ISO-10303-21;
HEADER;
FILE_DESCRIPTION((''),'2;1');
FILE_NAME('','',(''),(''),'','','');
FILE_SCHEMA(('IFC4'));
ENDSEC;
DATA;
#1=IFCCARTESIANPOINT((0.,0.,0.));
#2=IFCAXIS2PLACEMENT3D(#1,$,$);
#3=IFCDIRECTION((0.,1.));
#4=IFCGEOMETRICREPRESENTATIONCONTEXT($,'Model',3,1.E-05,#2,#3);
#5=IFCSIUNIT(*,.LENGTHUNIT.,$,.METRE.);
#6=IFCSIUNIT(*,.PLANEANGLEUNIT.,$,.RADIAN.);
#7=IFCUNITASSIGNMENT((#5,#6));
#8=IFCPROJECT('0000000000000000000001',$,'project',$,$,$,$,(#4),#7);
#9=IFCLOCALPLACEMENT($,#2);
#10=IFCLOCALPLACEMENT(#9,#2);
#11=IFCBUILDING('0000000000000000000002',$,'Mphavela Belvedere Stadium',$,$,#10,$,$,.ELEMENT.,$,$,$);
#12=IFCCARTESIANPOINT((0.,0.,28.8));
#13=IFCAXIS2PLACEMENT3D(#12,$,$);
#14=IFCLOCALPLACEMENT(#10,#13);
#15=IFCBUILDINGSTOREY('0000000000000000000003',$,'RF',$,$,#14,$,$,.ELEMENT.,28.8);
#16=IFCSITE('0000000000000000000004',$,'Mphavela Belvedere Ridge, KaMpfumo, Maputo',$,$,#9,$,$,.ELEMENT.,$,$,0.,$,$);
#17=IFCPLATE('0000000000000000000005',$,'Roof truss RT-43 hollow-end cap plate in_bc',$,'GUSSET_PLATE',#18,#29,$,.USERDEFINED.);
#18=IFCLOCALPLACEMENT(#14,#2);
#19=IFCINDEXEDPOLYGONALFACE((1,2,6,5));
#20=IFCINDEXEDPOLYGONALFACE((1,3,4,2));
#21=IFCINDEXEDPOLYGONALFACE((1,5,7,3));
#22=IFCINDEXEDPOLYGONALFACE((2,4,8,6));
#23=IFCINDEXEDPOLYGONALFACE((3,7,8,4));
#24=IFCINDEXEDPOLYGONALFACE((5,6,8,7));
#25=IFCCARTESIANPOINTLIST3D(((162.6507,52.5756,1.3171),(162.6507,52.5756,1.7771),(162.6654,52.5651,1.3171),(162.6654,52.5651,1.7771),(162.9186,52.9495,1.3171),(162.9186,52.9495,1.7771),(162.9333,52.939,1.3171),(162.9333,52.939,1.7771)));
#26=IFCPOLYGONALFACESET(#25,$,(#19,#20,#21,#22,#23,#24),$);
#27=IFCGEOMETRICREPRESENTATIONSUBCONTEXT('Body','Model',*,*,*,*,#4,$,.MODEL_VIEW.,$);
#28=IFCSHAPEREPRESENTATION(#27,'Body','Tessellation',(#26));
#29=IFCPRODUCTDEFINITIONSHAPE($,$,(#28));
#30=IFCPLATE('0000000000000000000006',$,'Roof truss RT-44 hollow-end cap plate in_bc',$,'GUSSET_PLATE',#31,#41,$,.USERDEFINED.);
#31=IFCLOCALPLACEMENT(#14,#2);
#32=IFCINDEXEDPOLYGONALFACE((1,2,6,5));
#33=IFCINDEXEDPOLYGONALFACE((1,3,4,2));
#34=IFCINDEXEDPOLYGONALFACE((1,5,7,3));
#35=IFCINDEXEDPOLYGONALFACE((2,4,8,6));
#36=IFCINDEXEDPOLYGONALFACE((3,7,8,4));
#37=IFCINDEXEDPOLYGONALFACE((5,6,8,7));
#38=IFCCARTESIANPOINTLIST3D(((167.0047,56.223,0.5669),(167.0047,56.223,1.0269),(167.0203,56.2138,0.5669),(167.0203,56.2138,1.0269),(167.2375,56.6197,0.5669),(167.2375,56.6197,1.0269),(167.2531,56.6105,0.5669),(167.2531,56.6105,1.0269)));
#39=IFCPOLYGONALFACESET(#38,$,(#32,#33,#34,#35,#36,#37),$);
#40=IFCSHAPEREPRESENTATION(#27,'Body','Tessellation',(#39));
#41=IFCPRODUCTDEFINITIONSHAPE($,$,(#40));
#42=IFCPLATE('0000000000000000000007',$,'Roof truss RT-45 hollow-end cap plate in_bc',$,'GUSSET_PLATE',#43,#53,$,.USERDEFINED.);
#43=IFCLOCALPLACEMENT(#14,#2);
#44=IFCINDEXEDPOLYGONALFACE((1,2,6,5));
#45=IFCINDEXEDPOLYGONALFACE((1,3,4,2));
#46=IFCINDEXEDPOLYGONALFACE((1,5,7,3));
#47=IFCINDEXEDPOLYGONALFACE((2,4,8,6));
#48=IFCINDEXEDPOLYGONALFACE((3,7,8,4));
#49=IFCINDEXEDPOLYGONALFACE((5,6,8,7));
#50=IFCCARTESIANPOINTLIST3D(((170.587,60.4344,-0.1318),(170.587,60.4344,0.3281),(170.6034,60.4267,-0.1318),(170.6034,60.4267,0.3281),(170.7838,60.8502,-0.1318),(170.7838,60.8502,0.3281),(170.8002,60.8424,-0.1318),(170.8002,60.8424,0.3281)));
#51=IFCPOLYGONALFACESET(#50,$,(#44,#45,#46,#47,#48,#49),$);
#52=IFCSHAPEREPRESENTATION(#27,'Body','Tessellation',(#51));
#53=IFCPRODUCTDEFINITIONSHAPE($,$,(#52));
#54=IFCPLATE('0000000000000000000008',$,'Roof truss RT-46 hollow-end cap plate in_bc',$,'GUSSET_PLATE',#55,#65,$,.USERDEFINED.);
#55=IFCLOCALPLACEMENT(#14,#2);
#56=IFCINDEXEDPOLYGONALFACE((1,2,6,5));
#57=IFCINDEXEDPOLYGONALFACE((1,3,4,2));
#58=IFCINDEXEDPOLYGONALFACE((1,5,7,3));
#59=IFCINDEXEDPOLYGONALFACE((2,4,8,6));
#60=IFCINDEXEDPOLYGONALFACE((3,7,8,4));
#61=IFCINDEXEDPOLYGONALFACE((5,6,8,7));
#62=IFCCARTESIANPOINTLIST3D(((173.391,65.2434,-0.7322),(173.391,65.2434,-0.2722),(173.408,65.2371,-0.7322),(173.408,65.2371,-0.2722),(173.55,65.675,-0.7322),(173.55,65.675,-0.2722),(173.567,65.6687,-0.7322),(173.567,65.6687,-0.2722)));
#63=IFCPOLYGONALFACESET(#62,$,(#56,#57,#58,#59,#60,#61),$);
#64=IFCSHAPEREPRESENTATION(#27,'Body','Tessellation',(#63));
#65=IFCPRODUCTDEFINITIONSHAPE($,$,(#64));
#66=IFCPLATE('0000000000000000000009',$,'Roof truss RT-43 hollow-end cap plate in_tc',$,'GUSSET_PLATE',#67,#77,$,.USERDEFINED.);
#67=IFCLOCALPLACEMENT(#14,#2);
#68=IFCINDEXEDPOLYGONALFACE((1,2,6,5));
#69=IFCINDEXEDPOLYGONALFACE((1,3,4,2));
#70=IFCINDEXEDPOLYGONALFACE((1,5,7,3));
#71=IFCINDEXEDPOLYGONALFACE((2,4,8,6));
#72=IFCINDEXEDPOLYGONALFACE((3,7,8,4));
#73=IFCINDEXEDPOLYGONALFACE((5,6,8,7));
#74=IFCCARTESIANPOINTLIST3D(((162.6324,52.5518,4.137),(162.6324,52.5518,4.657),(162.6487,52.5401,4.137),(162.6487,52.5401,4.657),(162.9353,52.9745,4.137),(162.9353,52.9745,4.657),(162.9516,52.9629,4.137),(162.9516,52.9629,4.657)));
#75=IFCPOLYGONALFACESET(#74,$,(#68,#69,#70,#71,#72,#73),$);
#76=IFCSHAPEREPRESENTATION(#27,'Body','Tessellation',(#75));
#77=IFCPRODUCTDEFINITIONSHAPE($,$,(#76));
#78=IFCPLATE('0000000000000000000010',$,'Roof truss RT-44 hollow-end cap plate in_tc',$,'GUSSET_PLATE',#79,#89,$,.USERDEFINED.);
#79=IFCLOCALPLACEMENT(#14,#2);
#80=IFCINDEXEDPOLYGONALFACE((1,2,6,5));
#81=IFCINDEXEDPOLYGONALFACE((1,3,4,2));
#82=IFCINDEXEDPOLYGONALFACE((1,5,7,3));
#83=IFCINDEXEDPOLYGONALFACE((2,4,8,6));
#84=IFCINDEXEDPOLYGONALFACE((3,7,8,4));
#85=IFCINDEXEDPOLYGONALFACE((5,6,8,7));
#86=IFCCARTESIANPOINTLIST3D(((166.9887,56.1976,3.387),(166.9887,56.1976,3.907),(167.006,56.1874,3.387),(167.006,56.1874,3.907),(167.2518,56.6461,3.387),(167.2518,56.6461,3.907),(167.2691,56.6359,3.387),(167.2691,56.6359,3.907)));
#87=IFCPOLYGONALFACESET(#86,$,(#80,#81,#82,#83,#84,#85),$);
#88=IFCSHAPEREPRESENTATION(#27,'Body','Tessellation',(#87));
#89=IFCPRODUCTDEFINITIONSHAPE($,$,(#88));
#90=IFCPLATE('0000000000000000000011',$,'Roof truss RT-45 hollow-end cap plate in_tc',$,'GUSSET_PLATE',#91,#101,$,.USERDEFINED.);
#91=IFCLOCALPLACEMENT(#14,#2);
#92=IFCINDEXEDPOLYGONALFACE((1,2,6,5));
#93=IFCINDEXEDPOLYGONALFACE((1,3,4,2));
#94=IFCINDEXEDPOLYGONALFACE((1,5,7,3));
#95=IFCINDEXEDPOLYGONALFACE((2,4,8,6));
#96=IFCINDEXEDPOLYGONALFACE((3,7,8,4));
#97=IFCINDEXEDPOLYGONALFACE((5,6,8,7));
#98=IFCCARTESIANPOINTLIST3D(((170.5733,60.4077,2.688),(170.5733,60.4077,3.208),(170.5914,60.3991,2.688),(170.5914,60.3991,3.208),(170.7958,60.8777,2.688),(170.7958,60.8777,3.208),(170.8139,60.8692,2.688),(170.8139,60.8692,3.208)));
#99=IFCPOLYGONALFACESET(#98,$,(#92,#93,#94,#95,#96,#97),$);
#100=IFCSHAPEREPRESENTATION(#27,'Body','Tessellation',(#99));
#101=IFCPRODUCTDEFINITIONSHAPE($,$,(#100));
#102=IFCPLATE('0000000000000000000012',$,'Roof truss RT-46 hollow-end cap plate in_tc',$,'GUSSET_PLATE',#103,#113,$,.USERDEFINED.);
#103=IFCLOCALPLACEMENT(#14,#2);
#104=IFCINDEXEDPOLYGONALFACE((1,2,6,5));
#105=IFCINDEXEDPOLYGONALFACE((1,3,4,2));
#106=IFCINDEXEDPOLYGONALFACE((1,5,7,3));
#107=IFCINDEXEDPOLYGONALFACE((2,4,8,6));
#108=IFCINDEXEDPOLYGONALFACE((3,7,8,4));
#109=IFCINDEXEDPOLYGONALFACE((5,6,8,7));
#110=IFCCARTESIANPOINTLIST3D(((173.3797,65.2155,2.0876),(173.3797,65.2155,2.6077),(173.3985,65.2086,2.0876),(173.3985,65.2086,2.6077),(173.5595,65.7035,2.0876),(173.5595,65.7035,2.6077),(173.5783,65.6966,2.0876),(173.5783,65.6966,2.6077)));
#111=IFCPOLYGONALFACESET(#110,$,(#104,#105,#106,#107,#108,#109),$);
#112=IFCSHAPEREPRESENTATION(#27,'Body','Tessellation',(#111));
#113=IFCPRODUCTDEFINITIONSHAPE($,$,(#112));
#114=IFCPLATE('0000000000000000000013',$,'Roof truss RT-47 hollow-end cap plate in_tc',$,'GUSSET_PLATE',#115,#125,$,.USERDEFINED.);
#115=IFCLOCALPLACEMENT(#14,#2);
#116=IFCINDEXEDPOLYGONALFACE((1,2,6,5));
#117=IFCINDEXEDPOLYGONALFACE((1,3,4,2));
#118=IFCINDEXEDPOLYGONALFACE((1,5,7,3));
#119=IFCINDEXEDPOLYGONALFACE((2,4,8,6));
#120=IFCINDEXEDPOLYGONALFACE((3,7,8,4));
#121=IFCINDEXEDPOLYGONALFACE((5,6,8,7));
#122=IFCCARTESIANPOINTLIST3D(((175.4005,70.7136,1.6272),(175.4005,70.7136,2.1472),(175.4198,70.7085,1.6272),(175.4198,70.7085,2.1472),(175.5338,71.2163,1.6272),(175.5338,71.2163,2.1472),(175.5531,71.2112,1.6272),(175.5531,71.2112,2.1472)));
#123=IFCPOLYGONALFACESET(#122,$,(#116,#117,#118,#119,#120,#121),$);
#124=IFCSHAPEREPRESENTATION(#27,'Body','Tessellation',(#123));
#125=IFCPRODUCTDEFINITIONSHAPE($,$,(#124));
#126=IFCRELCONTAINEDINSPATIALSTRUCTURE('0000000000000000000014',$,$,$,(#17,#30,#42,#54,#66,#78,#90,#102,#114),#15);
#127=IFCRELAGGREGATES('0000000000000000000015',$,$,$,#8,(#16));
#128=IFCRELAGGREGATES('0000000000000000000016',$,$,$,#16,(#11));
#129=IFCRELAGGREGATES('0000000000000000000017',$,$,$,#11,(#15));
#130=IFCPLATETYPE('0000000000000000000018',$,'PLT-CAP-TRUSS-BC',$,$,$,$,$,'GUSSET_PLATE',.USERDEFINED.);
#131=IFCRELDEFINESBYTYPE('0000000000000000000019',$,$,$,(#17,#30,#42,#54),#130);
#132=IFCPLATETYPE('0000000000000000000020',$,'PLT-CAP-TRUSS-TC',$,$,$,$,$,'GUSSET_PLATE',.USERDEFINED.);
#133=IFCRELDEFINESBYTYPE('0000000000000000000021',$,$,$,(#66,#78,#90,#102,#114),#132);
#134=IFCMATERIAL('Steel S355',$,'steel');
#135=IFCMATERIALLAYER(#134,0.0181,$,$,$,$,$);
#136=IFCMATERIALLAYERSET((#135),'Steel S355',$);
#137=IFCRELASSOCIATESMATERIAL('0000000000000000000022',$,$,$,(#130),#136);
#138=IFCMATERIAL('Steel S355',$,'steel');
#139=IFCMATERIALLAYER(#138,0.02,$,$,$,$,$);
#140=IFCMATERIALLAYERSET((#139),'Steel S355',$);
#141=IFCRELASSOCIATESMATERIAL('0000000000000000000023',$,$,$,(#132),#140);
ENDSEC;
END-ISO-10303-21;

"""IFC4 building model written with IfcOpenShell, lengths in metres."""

from ifc_helpers import new_model, si_unit, direction, frame, origin, origin_2d, place, context, subcontext, project, spatial, rectangle, extrude, material, layer, layer_set, type_object, element, save


model = new_model("IFC4")

# Units and contexts
model_context = context("Model", 3, precision=1e-05, world=origin(), true_north=direction((0.0, 1.0)))
body_context = subcontext(model_context, "Body", "Model", "MODEL_VIEW")
ifc_project = project(units=[si_unit("LENGTHUNIT", "METRE"), si_unit("PLANEANGLEUNIT", "RADIAN")], contexts=[model_context])

# Site, building, storey
site_placement = place(None, origin())
site = spatial("IfcSite", under=ifc_project, at=site_placement, Name="Mphavela Belvedere Ridge, KaMpfumo, Maputo", CompositionType="ELEMENT", RefElevation=0.0)
building_placement = place(site_placement, origin())
building = spatial("IfcBuilding", under=site, at=building_placement, Name="Mphavela Belvedere Stadium", CompositionType="ELEMENT")
storey_placement = place(building_placement, frame((0.0, 0.0, 28.8)))
storey = spatial("IfcBuildingStorey", under=building, at=storey_placement, Name="RF", CompositionType="ELEMENT", Elevation=28.8)

# Plates
ifc_material_1 = material(Name="Steel S355", Category="steel")
ifc_layer_1 = layer(ifc_material_1, 0.0181)
ifc_layer_set_1 = layer_set([ifc_layer_1], Name="Steel S355")
plate_type_1 = type_object("IfcPlateType", Name="PLT-CAP-TRUSS-BC", ElementType="GUSSET_PLATE", PredefinedType="USERDEFINED", material=ifc_layer_set_1)
for number, where, z_axis, x_axis, name in (
    (1, (162.792, 52.7573, 1.3171), (0.0, 0.0, 1.0), (0.812898, -0.582407, 0.0), "Roof truss RT-43 hollow-end cap plate in_bc"),
    (2, (167.1289, 56.4167, 0.5669), (0.0, 0.0, 1.0), (0.862514, -0.506034, 0.0), "Roof truss RT-44 hollow-end cap plate in_bc"),
    (3, (170.6936, 60.6384, -0.1318), (0.0, 0.0, 1.0), (0.903859, -0.427831, 0.0), "Roof truss RT-45 hollow-end cap plate in_bc"),
    (4, (173.479, 65.4561, -0.7322), (0.0, 0.0, 1.0), (0.938372, -0.345626, 0.0), "Roof truss RT-46 hollow-end cap plate in_bc"),
):
    element("IfcPlate", number, at=place(storey_placement, frame(where, z_axis=z_axis, x_axis=x_axis)), inside=storey, type_object=plate_type_1, Name=name, ObjectType="GUSSET_PLATE", PredefinedType="USERDEFINED", context=body_context, shape_type="SweptSolid", body=[
        extrude(rectangle(XDim=0.0181, YDim=0.46, at=origin_2d()), origin(), (0.0, 0.0, 1.0), 0.46),
    ])
ifc_material_2 = material(Name="Steel S355", Category="steel")
ifc_layer_2 = layer(ifc_material_2, 0.02)
ifc_layer_set_2 = layer_set([ifc_layer_2], Name="Steel S355")
plate_type_2 = type_object("IfcPlateType", Name="PLT-CAP-TRUSS-TC", ElementType="GUSSET_PLATE", PredefinedType="USERDEFINED", material=ifc_layer_set_2)
for number, where, z_axis, x_axis, name in (
    (5, (162.792, 52.7573, 4.137), (0.0, 0.0, 1.0), (0.812898, -0.582407, 0.0), "Roof truss RT-43 hollow-end cap plate in_tc"),
    (6, (167.1289, 56.4167, 3.387), (0.0, 0.0, 1.0), (0.862514, -0.506034, 0.0), "Roof truss RT-44 hollow-end cap plate in_tc"),
    (7, (170.6936, 60.6384, 2.688), (0.0, 0.0, 1.0), (0.903859, -0.427831, 0.0), "Roof truss RT-45 hollow-end cap plate in_tc"),
    (8, (173.479, 65.4561, 2.0876), (0.0, 0.0, 1.0), (0.938372, -0.345626, 0.0), "Roof truss RT-46 hollow-end cap plate in_tc"),
    (9, (175.4768, 70.9624, 1.6272), (0.0, 0.0, 1.0), (0.9666, -0.256289, 0.0), "Roof truss RT-47 hollow-end cap plate in_tc"),
):
    element("IfcPlate", number, at=place(storey_placement, frame(where, z_axis=z_axis, x_axis=x_axis)), inside=storey, type_object=plate_type_2, Name=name, ObjectType="GUSSET_PLATE", PredefinedType="USERDEFINED", context=body_context, shape_type="SweptSolid", body=[
        extrude(rectangle(XDim=0.02, YDim=0.52, at=origin_2d()), origin(), (0.0, 0.0, 1.0), 0.52),
    ])

save(model, "model.ifc")
